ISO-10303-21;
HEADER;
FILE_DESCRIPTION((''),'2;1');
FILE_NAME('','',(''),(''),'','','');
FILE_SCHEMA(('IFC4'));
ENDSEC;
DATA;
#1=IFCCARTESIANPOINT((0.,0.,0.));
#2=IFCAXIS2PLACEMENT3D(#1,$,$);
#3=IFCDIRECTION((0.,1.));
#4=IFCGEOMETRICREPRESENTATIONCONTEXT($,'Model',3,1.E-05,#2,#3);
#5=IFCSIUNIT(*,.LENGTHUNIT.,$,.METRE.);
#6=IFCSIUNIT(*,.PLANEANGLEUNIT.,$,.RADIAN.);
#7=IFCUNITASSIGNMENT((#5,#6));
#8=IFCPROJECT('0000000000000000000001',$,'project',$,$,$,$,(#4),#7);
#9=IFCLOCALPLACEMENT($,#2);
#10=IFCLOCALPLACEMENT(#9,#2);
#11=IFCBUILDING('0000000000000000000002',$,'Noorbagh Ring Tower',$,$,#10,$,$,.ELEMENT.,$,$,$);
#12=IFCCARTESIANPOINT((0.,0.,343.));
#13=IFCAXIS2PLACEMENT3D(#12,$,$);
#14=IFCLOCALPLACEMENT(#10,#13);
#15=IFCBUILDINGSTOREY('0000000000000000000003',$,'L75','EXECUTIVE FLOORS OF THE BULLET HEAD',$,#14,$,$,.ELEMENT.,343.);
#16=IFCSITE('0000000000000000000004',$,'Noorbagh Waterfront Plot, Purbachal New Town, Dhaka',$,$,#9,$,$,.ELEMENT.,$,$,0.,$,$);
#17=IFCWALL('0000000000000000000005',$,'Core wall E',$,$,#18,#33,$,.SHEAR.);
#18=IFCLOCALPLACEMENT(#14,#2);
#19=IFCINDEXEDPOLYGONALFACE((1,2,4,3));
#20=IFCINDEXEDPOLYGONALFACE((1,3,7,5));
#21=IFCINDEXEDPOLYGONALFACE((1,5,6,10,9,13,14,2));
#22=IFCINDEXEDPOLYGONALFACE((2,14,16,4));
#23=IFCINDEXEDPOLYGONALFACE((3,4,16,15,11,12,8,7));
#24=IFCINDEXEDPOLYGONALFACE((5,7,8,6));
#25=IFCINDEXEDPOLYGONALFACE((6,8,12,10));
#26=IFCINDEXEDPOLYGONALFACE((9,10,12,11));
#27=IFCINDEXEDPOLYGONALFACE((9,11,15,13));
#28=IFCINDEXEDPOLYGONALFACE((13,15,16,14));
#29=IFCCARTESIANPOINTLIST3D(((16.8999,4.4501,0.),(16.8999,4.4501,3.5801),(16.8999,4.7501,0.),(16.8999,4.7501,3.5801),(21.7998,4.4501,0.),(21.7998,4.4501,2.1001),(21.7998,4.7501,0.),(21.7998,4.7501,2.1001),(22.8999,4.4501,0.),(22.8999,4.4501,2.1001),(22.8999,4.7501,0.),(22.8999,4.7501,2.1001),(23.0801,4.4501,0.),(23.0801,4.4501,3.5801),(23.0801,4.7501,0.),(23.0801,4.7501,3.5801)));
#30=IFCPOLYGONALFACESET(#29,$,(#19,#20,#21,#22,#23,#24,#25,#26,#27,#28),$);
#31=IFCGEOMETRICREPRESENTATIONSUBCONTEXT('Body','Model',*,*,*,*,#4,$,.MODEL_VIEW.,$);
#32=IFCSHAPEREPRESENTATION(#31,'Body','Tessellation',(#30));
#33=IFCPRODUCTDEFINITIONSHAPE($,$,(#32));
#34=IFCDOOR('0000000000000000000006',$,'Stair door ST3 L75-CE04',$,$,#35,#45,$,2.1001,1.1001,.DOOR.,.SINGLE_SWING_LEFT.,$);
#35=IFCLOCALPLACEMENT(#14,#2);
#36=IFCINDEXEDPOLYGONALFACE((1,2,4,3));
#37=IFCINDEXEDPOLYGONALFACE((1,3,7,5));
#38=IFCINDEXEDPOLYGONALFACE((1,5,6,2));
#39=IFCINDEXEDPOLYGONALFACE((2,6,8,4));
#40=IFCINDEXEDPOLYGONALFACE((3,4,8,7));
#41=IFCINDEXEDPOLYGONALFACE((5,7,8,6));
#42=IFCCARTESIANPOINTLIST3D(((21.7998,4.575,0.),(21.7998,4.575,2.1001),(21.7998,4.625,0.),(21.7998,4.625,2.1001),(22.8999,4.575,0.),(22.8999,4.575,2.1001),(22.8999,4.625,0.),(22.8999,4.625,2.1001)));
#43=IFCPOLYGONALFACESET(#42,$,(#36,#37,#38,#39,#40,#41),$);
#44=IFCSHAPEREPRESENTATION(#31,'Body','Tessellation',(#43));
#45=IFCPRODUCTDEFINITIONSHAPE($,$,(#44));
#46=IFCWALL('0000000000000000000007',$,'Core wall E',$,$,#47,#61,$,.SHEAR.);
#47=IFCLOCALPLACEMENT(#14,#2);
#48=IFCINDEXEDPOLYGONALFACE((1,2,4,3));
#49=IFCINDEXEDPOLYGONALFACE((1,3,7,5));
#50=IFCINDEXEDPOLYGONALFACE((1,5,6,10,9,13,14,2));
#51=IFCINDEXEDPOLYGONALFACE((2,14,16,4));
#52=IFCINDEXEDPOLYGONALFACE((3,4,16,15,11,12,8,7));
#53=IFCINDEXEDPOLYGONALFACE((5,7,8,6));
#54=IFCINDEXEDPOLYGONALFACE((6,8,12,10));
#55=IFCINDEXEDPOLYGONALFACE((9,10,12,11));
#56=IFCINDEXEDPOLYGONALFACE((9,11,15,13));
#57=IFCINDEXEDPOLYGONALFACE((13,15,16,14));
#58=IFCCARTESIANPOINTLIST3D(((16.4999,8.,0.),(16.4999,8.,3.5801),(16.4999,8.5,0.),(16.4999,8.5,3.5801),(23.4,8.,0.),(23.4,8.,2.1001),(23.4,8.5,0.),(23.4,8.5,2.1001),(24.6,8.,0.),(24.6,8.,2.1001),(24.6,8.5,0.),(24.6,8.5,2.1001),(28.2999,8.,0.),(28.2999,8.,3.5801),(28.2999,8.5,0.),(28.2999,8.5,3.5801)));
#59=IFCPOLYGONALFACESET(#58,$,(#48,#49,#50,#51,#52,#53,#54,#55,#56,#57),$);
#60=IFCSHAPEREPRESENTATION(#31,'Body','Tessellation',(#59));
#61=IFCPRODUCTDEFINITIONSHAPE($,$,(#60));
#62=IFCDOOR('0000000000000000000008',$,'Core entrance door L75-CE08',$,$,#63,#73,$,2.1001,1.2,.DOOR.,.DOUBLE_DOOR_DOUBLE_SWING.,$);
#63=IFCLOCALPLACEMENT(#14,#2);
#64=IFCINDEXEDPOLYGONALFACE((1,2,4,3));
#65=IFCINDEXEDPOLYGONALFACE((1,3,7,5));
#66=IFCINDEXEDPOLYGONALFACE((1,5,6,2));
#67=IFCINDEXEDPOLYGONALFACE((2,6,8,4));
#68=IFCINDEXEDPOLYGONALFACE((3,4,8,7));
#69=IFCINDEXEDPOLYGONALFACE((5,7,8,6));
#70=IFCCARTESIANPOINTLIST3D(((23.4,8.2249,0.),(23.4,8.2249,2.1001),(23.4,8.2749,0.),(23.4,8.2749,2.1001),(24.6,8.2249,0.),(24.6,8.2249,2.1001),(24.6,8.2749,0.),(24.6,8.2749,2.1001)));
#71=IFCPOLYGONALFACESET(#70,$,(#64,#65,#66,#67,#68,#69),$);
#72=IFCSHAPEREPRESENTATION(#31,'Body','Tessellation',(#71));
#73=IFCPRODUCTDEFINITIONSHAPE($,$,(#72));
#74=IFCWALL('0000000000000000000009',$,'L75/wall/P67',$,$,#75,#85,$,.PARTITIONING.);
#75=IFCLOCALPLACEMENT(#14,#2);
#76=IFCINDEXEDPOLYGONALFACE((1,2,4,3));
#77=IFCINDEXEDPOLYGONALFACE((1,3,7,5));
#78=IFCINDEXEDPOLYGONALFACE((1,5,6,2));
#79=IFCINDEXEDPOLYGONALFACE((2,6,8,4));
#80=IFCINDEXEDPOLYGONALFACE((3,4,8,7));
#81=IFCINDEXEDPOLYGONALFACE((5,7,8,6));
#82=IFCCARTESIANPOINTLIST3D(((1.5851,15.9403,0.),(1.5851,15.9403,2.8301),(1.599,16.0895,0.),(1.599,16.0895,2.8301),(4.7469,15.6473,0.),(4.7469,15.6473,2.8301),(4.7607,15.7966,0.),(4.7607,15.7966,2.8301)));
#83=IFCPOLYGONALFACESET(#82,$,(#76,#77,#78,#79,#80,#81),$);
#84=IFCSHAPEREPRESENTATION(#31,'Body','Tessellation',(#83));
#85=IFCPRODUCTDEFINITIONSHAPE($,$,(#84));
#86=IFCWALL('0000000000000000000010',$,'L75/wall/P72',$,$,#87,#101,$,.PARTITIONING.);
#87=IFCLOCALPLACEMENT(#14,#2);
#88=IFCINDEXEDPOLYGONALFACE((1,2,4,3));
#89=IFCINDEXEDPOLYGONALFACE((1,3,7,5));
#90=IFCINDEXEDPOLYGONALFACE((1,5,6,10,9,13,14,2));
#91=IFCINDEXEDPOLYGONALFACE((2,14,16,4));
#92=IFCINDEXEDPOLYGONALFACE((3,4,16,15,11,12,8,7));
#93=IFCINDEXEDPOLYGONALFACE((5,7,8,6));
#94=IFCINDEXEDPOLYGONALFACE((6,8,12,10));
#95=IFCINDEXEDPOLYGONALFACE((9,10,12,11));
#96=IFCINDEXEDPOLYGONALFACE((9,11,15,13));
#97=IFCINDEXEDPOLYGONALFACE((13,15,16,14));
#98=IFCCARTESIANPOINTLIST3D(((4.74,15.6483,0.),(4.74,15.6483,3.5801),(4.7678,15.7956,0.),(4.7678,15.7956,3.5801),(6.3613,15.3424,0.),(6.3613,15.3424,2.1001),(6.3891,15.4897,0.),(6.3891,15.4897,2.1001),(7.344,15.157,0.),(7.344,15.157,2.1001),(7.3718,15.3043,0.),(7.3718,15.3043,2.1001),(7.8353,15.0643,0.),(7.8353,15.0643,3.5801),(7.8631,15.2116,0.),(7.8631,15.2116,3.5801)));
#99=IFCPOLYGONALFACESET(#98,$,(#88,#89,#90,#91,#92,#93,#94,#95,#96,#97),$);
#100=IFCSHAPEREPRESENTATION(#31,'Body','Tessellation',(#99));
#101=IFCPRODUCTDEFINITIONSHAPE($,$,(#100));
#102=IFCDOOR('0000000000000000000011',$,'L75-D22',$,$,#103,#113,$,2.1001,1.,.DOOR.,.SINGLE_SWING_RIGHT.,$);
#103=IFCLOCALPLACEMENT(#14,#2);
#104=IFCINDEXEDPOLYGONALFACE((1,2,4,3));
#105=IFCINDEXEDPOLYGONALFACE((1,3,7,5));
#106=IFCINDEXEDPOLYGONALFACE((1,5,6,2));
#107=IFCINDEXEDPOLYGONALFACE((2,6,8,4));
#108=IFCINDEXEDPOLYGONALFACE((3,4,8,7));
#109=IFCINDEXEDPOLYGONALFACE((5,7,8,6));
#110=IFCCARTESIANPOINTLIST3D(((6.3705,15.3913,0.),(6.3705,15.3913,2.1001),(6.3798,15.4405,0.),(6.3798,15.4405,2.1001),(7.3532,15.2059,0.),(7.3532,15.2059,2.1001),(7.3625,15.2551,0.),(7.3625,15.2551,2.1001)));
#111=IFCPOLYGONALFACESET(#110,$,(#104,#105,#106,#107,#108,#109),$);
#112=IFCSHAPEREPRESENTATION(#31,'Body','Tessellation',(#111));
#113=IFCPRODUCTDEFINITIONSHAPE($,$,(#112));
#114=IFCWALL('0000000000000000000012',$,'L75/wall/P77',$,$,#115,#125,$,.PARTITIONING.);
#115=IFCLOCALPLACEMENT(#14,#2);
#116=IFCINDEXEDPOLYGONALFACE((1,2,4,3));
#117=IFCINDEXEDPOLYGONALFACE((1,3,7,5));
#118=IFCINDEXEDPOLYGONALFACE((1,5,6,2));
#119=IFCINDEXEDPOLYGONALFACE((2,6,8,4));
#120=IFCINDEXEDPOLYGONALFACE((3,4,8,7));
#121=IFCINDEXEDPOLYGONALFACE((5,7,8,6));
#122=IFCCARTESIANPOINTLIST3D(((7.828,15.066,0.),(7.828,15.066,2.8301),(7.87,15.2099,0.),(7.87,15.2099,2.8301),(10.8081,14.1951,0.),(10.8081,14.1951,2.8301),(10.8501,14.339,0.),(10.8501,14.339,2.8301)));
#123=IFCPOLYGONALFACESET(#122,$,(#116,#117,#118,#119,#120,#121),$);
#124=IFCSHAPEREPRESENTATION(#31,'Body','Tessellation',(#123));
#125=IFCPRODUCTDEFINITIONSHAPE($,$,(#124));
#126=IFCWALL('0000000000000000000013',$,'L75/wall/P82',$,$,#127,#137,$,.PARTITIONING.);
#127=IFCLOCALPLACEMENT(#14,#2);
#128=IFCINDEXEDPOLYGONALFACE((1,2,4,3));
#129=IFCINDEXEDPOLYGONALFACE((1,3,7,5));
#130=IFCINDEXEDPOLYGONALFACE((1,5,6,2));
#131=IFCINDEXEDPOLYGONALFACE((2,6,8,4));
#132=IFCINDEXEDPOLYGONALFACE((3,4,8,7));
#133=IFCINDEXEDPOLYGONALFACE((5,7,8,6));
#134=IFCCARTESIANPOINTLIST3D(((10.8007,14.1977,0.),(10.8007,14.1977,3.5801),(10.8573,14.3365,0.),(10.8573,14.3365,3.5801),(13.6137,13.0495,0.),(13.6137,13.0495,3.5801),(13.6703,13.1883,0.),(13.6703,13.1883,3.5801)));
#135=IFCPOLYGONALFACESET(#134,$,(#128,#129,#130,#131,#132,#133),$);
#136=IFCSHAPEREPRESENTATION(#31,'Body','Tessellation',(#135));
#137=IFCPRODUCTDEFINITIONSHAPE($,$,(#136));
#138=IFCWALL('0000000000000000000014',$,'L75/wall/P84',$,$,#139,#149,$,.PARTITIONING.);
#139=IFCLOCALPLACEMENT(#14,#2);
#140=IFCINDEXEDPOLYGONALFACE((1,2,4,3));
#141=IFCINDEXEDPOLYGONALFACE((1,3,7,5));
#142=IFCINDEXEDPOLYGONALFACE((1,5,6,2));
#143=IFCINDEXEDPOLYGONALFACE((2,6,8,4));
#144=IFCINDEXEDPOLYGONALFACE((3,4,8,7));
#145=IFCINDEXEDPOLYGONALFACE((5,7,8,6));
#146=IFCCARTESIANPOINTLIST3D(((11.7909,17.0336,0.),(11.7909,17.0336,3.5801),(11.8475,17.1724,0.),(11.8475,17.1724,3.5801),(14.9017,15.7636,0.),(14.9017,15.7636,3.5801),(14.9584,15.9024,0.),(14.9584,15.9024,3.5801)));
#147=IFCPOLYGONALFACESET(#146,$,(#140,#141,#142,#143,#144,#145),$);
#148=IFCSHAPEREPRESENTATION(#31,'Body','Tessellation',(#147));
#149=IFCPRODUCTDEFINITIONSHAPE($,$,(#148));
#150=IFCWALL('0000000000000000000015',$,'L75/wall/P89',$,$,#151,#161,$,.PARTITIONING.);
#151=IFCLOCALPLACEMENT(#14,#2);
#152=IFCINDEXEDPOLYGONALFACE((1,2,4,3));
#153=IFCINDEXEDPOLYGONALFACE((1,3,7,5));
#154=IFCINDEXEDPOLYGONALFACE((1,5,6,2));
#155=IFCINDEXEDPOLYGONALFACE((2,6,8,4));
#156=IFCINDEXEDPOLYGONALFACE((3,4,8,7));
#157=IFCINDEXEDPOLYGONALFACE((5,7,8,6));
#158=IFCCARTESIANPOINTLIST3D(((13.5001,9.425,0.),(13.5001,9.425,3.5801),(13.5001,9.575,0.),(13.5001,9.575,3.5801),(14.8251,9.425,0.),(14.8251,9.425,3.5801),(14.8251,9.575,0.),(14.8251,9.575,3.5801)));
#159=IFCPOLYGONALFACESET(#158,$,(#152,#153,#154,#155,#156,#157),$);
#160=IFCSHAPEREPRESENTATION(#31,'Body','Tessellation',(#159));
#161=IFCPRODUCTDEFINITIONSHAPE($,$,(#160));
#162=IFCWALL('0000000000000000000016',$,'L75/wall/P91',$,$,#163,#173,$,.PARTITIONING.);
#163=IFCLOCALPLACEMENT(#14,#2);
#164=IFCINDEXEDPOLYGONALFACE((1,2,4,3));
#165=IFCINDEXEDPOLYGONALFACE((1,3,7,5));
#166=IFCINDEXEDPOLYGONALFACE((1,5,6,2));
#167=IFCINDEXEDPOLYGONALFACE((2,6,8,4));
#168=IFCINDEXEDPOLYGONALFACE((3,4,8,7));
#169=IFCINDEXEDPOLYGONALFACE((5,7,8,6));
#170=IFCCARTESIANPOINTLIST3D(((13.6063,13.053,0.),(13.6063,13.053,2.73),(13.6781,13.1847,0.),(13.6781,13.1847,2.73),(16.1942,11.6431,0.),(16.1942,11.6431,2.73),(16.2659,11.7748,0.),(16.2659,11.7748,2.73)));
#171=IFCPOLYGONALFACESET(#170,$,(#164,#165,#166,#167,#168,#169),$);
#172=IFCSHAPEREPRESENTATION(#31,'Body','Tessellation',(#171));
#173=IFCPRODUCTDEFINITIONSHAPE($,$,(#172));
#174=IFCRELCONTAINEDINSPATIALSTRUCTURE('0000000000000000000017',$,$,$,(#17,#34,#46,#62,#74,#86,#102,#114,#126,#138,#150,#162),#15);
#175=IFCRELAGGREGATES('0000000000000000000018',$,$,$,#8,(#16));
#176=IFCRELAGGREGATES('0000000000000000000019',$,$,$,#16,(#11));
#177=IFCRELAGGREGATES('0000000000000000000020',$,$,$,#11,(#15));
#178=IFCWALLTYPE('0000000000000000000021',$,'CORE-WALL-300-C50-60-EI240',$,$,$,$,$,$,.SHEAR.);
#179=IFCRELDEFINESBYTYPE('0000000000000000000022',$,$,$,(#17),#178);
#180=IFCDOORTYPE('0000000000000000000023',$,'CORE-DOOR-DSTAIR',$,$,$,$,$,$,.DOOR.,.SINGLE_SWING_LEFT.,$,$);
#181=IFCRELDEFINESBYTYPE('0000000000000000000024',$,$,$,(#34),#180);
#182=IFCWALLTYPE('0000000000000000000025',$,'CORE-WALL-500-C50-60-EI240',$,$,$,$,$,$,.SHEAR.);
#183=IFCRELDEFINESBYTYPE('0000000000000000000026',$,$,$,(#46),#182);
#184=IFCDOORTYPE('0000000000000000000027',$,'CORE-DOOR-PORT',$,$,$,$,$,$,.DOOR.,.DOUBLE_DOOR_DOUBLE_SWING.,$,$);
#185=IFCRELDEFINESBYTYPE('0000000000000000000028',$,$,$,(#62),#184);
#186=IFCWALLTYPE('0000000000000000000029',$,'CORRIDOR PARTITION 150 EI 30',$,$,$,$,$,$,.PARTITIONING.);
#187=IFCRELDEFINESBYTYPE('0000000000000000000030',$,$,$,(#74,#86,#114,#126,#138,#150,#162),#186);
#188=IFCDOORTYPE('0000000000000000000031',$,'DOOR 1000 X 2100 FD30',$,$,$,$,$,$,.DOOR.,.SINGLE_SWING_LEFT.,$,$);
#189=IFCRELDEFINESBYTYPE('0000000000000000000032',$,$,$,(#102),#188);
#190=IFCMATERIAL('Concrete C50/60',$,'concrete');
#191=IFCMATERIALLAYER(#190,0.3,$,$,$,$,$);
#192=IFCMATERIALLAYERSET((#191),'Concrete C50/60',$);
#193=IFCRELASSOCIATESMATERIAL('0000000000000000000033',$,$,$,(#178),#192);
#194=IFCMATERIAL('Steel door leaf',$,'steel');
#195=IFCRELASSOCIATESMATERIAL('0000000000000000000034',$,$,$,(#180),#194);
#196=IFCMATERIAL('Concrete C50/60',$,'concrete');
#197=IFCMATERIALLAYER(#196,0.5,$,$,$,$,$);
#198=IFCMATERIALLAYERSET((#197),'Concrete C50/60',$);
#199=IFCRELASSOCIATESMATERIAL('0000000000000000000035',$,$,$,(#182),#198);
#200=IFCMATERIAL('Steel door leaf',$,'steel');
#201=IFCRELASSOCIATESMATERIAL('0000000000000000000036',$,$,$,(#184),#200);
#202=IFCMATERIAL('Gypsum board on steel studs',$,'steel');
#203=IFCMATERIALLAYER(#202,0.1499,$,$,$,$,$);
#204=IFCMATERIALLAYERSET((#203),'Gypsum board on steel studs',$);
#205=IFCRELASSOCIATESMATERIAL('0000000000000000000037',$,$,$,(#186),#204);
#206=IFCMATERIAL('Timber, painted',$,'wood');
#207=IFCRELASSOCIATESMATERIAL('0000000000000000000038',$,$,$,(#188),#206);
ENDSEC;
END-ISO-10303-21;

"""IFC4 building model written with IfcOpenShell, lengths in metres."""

from ifc_helpers import new_model, si_unit, direction, frame, frame_2d, origin, place, context, subcontext, project, spatial, rectangle, extrude, material, layer, layer_set, type_object, element, fill, save


model = new_model("IFC4")

# Units and contexts
model_context = context("Model", 3, precision=1e-05, world=origin(), true_north=direction((0.0, 1.0)))
body_context = subcontext(model_context, "Body", "Model", "MODEL_VIEW")
ifc_project = project(units=[si_unit("LENGTHUNIT", "METRE"), si_unit("PLANEANGLEUNIT", "RADIAN")], contexts=[model_context])

# Site, building, storey
site_placement = place(None, origin())
site = spatial("IfcSite", under=ifc_project, at=site_placement, Name="Noorbagh Waterfront Plot, Purbachal New Town, Dhaka", CompositionType="ELEMENT", RefElevation=0.0)
building_placement = place(site_placement, origin())
building = spatial("IfcBuilding", under=site, at=building_placement, Name="Noorbagh Ring Tower", CompositionType="ELEMENT")
storey_placement = place(building_placement, frame((0.0, 0.0, 343.0)))
storey = spatial("IfcBuildingStorey", under=building, at=storey_placement, Name="L75", Description="EXECUTIVE FLOORS OF THE BULLET HEAD", CompositionType="ELEMENT", Elevation=343.0)

# Walls, openings, doors
ifc_material_1 = material(Name="Concrete C50/60", Category="concrete")
ifc_layer_1 = layer(ifc_material_1, 0.3)
ifc_layer_set_1 = layer_set([ifc_layer_1], Name="Concrete C50/60")
wall_type_1 = type_object("IfcWallType", Name="CORE-WALL-300-C50-60-EI240", PredefinedType="SHEAR", material=ifc_layer_set_1)
wall_1_placement = place(storey_placement, frame((16.8999, 4.6001, 0.0), z_axis=(0.0, 0.0, 1.0), x_axis=(1.0, 0.0, 0.0)))
wall_1 = element("IfcWall", 1, at=wall_1_placement, inside=storey, type_object=wall_type_1, Name="Core wall E", PredefinedType="SHEAR", context=body_context, shape_type="SweptSolid", body=[
    extrude(rectangle(XDim=6.1802, YDim=0.3, at=frame_2d((3.0901, 0.0))), origin(), (0.0, 0.0, 1.0), 3.5801),
])
opening_1_placement = place(wall_1_placement, frame((4.8999, 0.0, 0.0)))
opening_1 = element("IfcOpeningElement", 2, at=opening_1_placement, cuts=wall_1, PredefinedType="OPENING", context=body_context, shape_type="SweptSolid", body=[
    extrude(rectangle(XDim=1.1001, YDim=2.1001, at=frame_2d((0.55, 1.05))), frame((0.0, 0.1602, 0.0), z_axis=(0.0, -1.0, 0.0), x_axis=(1.0, 0.0, 0.0)), (0.0, 0.0, 1.0), 0.3201),
])
ifc_material_2 = material(Name="Steel door leaf", Category="steel")
door_type_1 = type_object("IfcDoorType", Name="CORE-DOOR-DSTAIR", OperationType="SINGLE_SWING_LEFT", PredefinedType="DOOR", material=ifc_material_2)
door_1_placement = place(opening_1_placement, origin())
door_1 = element("IfcDoor", 3, at=door_1_placement, inside=storey, type_object=door_type_1, Name="Stair door ST3 L75-CE04", OperationType="SINGLE_SWING_LEFT", OverallHeight=2.1001, OverallWidth=1.1001, PredefinedType="DOOR", context=body_context, shape_type="SweptSolid", body=[
    extrude(rectangle(XDim=1.1001, YDim=2.1001, at=frame_2d((0.55, 1.05))), frame((0.0, 0.0249, 0.0), z_axis=(0.0, -1.0, 0.0), x_axis=(1.0, 0.0, 0.0)), (0.0, 0.0, 1.0), 0.05),
])
fill(opening_1, door_1)
ifc_material_3 = material(Name="Concrete C50/60", Category="concrete")
ifc_layer_2 = layer(ifc_material_3, 0.5)
ifc_layer_set_2 = layer_set([ifc_layer_2], Name="Concrete C50/60")
wall_type_2 = type_object("IfcWallType", Name="CORE-WALL-500-C50-60-EI240", PredefinedType="SHEAR", material=ifc_layer_set_2)
wall_2_placement = place(storey_placement, frame((16.5, 8.25, 0.0), z_axis=(0.0, 0.0, 1.0), x_axis=(1.0, 0.0, 0.0)))
wall_2 = element("IfcWall", 4, at=wall_2_placement, inside=storey, type_object=wall_type_2, Name="Core wall E", PredefinedType="SHEAR", context=body_context, shape_type="SweptSolid", body=[
    extrude(rectangle(XDim=11.8, YDim=0.5, at=frame_2d((5.8999, 0.0))), origin(), (0.0, 0.0, 1.0), 3.5801),
])
opening_2_placement = place(wall_2_placement, frame((6.8999, 0.0, 0.0)))
opening_2 = element("IfcOpeningElement", 5, at=opening_2_placement, cuts=wall_2, PredefinedType="OPENING", context=body_context, shape_type="SweptSolid", body=[
    extrude(rectangle(XDim=1.2, YDim=2.1001, at=frame_2d((0.6001, 1.05))), frame((0.0, 0.26, 0.0), z_axis=(0.0, -1.0, 0.0), x_axis=(1.0, 0.0, 0.0)), (0.0, 0.0, 1.0), 0.52),
])
ifc_material_4 = material(Name="Steel door leaf", Category="steel")
door_type_2 = type_object("IfcDoorType", Name="CORE-DOOR-PORT", OperationType="DOUBLE_DOOR_DOUBLE_SWING", PredefinedType="DOOR", material=ifc_material_4)
door_2_placement = place(opening_2_placement, origin())
door_2 = element("IfcDoor", 6, at=door_2_placement, inside=storey, type_object=door_type_2, Name="Core entrance door L75-CE08", OperationType="DOUBLE_DOOR_DOUBLE_SWING", OverallHeight=2.1001, OverallWidth=1.2, PredefinedType="DOOR", context=body_context, shape_type="SweptSolid", body=[
    extrude(rectangle(XDim=1.2, YDim=2.1001, at=frame_2d((0.6001, 1.05))), frame((0.0, 0.0249, 0.0), z_axis=(0.0, -1.0, 0.0), x_axis=(1.0, 0.0, 0.0)), (0.0, 0.0, 1.0), 0.05),
])
fill(opening_2, door_2)

# Wall
ifc_material_5 = material(Name="Gypsum board on steel studs", Category="steel")
ifc_layer_3 = layer(ifc_material_5, 0.1499)
ifc_layer_set_3 = layer_set([ifc_layer_3], Name="Gypsum board on steel studs")
wall_type_3 = type_object("IfcWallType", Name="CORRIDOR PARTITION 150 EI 30", PredefinedType="PARTITIONING", material=ifc_layer_set_3)
wall_3_placement = place(storey_placement, frame((1.592, 16.0149, 0.0), z_axis=(0.0, 0.0, 1.0), x_axis=(0.995735, -0.092262, 0.0)))
element("IfcWall", 7, at=wall_3_placement, inside=storey, type_object=wall_type_3, Name="L75/wall/P67", PredefinedType="PARTITIONING", context=body_context, shape_type="SweptSolid", body=[
    extrude(rectangle(XDim=3.1753, YDim=0.1499, at=frame_2d((1.5876, 0.0))), origin(), (0.0, 0.0, 1.0), 2.8301),
])

# Wall, opening, door
wall_4_placement = place(storey_placement, frame((4.7539, 15.7219, 0.0), z_axis=(0.0, 0.0, 1.0), x_axis=(0.982663, -0.185402, 0.0)))
wall_4 = element("IfcWall", 8, at=wall_4_placement, inside=storey, type_object=wall_type_3, Name="L75/wall/P72", PredefinedType="PARTITIONING", context=body_context, shape_type="SweptSolid", body=[
    extrude(rectangle(XDim=3.1499, YDim=0.1499, at=frame_2d((1.575, 0.0))), origin(), (0.0, 0.0, 1.0), 3.5801),
])
opening_3_placement = place(wall_4_placement, frame((1.6499, 0.0, 0.0)))
opening_3 = element("IfcOpeningElement", 9, at=opening_3_placement, cuts=wall_4, PredefinedType="OPENING", context=body_context, shape_type="SweptSolid", body=[
    extrude(rectangle(XDim=1.0, YDim=2.1001, at=frame_2d((0.5, 1.05))), frame((0.0, 0.085, 0.0), z_axis=(0.0, -1.0, 0.0), x_axis=(1.0, 0.0, 0.0)), (0.0, 0.0, 1.0), 0.1699),
])
ifc_material_6 = material(Name="Timber, painted", Category="wood")
door_type_3 = type_object("IfcDoorType", Name="DOOR 1000 X 2100 FD30", OperationType="SINGLE_SWING_LEFT", PredefinedType="DOOR", material=ifc_material_6)
door_3_placement = place(opening_3_placement, origin())
door_3 = element("IfcDoor", 10, at=door_3_placement, inside=storey, type_object=door_type_3, Name="L75-D22", OperationType="SINGLE_SWING_RIGHT", OverallHeight=2.1001, OverallWidth=1.0, PredefinedType="DOOR", context=body_context, shape_type="SweptSolid", body=[
    extrude(rectangle(XDim=1.0, YDim=2.1001, at=frame_2d((0.5, 1.05))), frame((0.0, 0.0249, 0.0), z_axis=(0.0, -1.0, 0.0), x_axis=(1.0, 0.0, 0.0)), (0.0, 0.0, 1.0), 0.05),
])
fill(opening_3, door_3)

# Walls
wall_5_placement = place(storey_placement, frame((7.8491, 15.1379, 0.0), z_axis=(0.0, 0.0, 1.0), x_axis=(0.959854, -0.280501, 0.0)))
element("IfcWall", 11, at=wall_5_placement, inside=storey, type_object=wall_type_3, Name="L75/wall/P77", PredefinedType="PARTITIONING", context=body_context, shape_type="SweptSolid", body=[
    extrude(rectangle(XDim=3.1047, YDim=0.1499, at=frame_2d((1.5522, 0.0))), origin(), (0.0, 0.0, 1.0), 2.8301),
])
wall_6_placement = place(storey_placement, frame((10.8291, 14.2671, 0.0), z_axis=(0.0, 0.0, 1.0), x_axis=(0.925844, -0.377907, 0.0)))
element("IfcWall", 12, at=wall_6_placement, inside=storey, type_object=wall_type_3, Name="L75/wall/P82", PredefinedType="PARTITIONING", context=body_context, shape_type="SweptSolid", body=[
    extrude(rectangle(XDim=3.0383, YDim=0.1499, at=frame_2d((1.519, 0.0))), origin(), (0.0, 0.0, 1.0), 3.5801),
])
wall_7_placement = place(storey_placement, frame((11.8191, 17.103, 0.0), z_axis=(0.0, 0.0, 1.0), x_axis=(0.925818, -0.377971, 0.0)))
element("IfcWall", 13, at=wall_7_placement, inside=storey, type_object=wall_type_3, Name="L75/wall/P84", PredefinedType="PARTITIONING", context=body_context, shape_type="SweptSolid", body=[
    extrude(rectangle(XDim=3.3601, YDim=0.1499, at=frame_2d((1.6802, 0.0))), origin(), (0.0, 0.0, 1.0), 3.5801),
])
wall_8_placement = place(storey_placement, frame((13.5, 9.5, 0.0), z_axis=(0.0, 0.0, 1.0), x_axis=(1.0, 0.0, 0.0)))
element("IfcWall", 14, at=wall_8_placement, inside=storey, type_object=wall_type_3, Name="L75/wall/P89", PredefinedType="PARTITIONING", context=body_context, shape_type="SweptSolid", body=[
    extrude(rectangle(XDim=1.325, YDim=0.1499, at=frame_2d((0.6626, 0.0))), origin(), (0.0, 0.0, 1.0), 3.5801),
])
wall_9_placement = place(storey_placement, frame((13.6421, 13.1189, 0.0), z_axis=(0.0, 0.0, 1.0), x_axis=(0.878133, -0.478417, 0.0)))
element("IfcWall", 15, at=wall_9_placement, inside=storey, type_object=wall_type_3, Name="L75/wall/P91", PredefinedType="PARTITIONING", context=body_context, shape_type="SweptSolid", body=[
    extrude(rectangle(XDim=2.947, YDim=0.1499, at=frame_2d((1.4736, 0.0))), origin(), (0.0, 0.0, 1.0), 2.73),
])

save(model, "model.ifc")
